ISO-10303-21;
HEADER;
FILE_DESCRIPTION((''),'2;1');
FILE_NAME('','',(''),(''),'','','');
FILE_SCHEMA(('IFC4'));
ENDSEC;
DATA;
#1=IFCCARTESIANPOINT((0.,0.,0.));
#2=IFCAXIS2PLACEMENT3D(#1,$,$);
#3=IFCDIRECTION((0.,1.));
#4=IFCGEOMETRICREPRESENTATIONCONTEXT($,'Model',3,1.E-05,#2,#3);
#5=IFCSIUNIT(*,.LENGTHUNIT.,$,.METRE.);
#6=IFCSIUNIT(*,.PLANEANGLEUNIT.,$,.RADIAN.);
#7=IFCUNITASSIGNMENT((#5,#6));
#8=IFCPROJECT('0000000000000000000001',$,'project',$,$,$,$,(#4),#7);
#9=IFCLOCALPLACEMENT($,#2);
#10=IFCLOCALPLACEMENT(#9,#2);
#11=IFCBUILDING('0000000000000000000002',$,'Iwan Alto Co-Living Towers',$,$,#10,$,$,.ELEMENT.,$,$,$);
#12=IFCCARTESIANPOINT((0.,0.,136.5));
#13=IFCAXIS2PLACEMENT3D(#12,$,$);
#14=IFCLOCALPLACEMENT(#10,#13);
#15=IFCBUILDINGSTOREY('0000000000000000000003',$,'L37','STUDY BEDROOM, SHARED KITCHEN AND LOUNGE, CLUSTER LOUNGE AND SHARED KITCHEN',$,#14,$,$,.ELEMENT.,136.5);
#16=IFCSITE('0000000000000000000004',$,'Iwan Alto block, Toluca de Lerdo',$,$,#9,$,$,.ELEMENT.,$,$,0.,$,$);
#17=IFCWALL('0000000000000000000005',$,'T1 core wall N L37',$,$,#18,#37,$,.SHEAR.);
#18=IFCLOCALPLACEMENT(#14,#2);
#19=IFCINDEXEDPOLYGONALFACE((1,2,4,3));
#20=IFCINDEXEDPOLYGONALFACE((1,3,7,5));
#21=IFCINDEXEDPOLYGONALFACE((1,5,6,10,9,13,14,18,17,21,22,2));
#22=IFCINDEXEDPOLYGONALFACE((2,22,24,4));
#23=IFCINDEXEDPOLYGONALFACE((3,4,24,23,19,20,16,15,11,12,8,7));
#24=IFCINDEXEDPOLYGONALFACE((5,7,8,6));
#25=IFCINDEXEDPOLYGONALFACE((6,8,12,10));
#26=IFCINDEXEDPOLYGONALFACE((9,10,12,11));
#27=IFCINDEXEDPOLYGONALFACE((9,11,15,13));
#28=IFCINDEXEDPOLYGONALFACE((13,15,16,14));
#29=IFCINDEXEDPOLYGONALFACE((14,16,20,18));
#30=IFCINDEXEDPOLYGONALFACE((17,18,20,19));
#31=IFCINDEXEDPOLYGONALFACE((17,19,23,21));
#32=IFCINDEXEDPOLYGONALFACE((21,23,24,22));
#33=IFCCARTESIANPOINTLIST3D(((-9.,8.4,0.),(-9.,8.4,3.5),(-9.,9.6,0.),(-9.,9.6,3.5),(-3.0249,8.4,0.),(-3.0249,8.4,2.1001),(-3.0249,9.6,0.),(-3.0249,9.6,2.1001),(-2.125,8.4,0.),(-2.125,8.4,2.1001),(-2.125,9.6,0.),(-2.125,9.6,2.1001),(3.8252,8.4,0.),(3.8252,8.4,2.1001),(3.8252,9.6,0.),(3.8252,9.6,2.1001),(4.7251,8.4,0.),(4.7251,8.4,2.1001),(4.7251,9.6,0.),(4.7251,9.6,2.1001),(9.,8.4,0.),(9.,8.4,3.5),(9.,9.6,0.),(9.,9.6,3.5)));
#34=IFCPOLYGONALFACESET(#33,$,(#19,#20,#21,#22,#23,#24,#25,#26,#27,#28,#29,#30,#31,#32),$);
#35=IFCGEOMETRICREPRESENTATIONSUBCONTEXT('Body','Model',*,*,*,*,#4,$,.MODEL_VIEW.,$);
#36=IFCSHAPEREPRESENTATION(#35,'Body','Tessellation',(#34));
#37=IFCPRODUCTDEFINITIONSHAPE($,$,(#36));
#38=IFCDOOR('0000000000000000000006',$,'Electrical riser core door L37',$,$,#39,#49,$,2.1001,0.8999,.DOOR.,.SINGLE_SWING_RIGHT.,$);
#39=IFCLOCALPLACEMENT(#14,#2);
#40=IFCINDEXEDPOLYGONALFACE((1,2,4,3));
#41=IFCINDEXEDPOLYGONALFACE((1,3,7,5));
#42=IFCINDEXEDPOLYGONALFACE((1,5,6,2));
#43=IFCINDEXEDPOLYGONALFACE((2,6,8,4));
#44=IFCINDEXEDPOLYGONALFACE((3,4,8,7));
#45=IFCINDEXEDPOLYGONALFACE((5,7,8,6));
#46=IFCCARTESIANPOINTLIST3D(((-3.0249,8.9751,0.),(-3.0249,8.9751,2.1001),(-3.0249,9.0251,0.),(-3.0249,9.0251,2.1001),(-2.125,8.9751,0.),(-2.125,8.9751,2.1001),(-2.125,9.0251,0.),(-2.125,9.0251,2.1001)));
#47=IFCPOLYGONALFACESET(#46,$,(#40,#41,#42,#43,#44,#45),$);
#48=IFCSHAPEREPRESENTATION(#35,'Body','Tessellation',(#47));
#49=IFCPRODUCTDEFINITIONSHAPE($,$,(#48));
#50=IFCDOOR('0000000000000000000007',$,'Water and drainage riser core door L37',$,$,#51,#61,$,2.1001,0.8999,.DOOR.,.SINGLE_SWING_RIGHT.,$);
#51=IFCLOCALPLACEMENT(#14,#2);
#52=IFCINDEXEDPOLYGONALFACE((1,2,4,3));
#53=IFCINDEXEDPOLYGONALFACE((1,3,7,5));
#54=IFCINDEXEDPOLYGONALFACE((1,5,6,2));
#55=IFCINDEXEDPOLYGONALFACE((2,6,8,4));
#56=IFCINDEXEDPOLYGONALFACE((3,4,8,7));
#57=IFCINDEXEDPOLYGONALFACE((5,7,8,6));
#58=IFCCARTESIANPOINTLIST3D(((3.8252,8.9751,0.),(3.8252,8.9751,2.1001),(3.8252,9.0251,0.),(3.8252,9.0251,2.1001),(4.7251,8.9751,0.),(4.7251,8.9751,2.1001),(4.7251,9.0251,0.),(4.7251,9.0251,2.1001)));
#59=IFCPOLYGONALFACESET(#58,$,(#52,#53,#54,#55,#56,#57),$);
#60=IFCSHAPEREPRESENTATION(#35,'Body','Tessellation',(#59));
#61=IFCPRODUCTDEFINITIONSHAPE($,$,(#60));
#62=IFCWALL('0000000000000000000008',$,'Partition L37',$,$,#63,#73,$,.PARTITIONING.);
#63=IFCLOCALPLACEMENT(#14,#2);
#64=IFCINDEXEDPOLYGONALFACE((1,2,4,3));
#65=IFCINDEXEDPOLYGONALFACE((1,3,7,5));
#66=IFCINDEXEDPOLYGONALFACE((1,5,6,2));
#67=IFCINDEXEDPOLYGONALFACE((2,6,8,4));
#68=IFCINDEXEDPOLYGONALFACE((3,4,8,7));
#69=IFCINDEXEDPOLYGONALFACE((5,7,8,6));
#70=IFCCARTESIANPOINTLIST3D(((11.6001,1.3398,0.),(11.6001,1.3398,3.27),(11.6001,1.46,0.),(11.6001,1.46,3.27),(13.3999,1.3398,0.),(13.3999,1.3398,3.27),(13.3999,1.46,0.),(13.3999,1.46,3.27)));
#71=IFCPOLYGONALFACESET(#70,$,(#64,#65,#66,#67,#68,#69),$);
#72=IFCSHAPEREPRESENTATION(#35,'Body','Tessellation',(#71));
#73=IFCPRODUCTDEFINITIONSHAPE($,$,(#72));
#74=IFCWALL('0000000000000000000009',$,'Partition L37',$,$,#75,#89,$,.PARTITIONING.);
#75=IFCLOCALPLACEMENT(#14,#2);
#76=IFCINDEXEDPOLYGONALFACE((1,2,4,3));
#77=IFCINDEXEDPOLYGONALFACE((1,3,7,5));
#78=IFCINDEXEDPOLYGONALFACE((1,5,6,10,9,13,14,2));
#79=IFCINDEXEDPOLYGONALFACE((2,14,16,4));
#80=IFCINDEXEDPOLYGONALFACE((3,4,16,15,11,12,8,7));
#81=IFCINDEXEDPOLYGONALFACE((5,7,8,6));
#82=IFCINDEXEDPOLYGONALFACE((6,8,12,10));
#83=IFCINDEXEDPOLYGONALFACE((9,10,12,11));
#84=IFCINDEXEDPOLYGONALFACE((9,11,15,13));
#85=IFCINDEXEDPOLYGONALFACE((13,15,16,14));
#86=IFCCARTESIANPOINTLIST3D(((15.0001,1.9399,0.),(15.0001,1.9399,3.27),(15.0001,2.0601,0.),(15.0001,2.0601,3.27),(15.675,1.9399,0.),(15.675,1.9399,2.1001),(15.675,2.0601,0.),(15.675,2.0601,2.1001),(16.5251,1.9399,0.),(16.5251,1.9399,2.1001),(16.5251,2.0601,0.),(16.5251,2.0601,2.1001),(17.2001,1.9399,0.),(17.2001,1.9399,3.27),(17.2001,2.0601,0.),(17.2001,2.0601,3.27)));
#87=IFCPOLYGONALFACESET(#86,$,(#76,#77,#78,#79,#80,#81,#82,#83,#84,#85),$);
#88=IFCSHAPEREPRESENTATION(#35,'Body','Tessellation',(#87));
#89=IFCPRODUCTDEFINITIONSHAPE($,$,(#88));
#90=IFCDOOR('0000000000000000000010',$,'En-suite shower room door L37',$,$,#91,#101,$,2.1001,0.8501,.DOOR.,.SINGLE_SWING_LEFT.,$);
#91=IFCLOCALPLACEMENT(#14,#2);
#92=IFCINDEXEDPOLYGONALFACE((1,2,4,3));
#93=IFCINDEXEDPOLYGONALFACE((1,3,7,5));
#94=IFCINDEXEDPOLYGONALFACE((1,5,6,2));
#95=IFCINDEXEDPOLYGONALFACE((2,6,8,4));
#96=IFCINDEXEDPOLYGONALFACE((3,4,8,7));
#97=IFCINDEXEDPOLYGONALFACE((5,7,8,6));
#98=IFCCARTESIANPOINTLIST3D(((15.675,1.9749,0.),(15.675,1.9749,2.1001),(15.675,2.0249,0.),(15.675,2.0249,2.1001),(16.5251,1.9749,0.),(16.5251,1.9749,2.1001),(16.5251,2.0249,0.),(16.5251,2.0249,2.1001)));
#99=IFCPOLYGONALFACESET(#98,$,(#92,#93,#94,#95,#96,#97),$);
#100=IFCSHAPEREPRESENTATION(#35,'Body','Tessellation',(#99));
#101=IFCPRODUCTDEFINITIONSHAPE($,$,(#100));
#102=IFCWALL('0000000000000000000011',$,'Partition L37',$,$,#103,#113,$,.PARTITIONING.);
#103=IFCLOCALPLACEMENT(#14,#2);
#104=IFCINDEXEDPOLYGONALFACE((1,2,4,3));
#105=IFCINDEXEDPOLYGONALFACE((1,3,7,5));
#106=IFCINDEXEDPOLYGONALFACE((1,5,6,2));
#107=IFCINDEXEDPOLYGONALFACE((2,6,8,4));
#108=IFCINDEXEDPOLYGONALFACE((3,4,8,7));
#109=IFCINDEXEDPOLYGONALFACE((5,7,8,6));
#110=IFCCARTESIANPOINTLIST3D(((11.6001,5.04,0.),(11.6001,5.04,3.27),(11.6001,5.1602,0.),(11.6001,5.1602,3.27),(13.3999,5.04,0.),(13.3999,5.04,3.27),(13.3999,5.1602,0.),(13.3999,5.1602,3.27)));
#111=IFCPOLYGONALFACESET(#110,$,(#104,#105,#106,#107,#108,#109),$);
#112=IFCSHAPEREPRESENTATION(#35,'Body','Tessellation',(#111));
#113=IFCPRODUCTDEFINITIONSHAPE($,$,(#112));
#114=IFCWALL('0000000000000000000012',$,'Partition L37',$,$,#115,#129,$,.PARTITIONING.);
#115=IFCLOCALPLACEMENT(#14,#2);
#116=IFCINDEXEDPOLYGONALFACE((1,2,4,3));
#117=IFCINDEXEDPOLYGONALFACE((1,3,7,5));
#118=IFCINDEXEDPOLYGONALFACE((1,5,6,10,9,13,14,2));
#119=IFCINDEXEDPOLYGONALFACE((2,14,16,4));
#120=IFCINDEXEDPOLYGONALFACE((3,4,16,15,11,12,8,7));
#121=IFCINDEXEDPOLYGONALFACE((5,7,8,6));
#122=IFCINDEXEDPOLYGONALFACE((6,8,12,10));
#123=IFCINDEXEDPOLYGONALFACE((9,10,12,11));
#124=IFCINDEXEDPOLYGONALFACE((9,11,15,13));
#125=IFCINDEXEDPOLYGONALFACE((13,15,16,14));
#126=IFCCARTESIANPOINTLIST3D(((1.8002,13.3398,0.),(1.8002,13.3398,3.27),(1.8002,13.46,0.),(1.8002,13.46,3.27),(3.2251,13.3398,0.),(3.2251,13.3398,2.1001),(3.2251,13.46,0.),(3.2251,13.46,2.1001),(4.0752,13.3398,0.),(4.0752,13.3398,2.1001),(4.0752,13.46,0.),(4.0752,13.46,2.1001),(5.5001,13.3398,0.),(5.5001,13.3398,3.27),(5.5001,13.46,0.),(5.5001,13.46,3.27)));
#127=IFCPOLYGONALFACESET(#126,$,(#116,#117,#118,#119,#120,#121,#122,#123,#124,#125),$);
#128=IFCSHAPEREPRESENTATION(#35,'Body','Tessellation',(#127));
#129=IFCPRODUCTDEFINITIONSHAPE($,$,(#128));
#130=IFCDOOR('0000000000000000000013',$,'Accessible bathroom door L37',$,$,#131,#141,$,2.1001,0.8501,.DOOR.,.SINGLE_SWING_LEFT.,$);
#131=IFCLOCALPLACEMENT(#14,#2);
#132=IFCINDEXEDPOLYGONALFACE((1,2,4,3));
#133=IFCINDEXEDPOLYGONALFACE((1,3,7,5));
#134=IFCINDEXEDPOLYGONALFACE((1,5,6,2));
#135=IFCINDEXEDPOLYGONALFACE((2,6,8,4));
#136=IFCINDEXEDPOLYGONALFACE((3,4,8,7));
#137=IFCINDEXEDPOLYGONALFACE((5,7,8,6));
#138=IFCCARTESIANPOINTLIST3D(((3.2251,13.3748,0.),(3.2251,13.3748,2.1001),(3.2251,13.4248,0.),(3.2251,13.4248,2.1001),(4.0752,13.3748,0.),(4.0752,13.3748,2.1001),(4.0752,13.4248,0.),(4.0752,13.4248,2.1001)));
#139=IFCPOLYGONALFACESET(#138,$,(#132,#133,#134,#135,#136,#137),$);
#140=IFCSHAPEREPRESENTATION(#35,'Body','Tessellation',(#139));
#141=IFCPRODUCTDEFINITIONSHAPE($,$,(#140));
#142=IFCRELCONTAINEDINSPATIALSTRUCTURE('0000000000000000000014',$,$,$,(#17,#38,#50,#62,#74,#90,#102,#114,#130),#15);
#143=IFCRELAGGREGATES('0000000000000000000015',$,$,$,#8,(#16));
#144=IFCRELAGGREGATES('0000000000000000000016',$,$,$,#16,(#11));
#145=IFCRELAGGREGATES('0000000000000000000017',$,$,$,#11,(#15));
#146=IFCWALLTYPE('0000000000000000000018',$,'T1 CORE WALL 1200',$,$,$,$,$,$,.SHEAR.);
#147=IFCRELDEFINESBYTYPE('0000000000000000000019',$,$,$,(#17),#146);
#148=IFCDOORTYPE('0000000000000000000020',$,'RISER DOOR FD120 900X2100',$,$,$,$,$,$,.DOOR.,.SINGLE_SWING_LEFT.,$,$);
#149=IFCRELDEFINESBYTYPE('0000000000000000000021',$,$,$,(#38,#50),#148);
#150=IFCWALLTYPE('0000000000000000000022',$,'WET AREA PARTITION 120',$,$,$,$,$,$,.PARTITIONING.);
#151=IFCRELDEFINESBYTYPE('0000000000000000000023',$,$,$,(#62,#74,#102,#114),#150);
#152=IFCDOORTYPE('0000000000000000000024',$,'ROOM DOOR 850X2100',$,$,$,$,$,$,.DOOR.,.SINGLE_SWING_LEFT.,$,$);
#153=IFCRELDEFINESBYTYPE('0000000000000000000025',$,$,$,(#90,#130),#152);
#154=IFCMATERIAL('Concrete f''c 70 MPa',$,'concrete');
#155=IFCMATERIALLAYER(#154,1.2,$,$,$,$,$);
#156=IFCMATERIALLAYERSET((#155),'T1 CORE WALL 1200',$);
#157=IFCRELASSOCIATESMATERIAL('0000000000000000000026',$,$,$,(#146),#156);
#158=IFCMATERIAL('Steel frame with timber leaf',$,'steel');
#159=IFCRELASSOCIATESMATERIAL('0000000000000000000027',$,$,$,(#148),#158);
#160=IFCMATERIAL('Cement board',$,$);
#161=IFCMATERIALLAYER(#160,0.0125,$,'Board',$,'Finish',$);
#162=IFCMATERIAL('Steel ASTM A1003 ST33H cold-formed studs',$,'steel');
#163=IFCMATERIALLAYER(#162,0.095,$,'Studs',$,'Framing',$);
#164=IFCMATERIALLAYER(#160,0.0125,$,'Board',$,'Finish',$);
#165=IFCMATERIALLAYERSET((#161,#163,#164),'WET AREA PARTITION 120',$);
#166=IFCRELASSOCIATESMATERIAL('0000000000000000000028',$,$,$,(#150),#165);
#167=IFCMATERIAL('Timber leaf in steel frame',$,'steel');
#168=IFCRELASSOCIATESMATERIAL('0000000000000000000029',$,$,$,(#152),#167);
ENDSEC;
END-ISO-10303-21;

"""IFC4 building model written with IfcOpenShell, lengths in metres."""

from ifc_helpers import new_model, si_unit, direction, frame, frame_2d, origin, place, context, subcontext, project, spatial, rectangle, extrude, material, layer, layer_set, type_object, element, fill, save


model = new_model("IFC4")

# Units and contexts
model_context = context("Model", 3, precision=1e-05, world=origin(), true_north=direction((0.0, 1.0)))
body_context = subcontext(model_context, "Body", "Model", "MODEL_VIEW")
ifc_project = project(units=[si_unit("LENGTHUNIT", "METRE"), si_unit("PLANEANGLEUNIT", "RADIAN")], contexts=[model_context])

# Site, building, storey
site_placement = place(None, origin())
site = spatial("IfcSite", under=ifc_project, at=site_placement, Name="Iwan Alto block, Toluca de Lerdo", CompositionType="ELEMENT", RefElevation=0.0)
building_placement = place(site_placement, origin())
building = spatial("IfcBuilding", under=site, at=building_placement, Name="Iwan Alto Co-Living Towers", CompositionType="ELEMENT")
storey_placement = place(building_placement, frame((0.0, 0.0, 136.5)))
storey = spatial("IfcBuildingStorey", under=building, at=storey_placement, Name="L37", Description="STUDY BEDROOM, SHARED KITCHEN AND LOUNGE, CLUSTER LOUNGE AND SHARED KITCHEN", CompositionType="ELEMENT", Elevation=136.5)

# Shared definitions
ifc_material_1 = material(Name="Steel ASTM A1003 ST33H cold-formed studs", Category="steel")

# Wall, openings, doors
ifc_material_2 = material(Name="Concrete f'c 70 MPa", Category="concrete")
ifc_layer_1 = layer(ifc_material_2, 1.2)
ifc_layer_set_1 = layer_set([ifc_layer_1], Name="T1 CORE WALL 1200")
wall_type_1 = type_object("IfcWallType", Name="T1 CORE WALL 1200", PredefinedType="SHEAR", material=ifc_layer_set_1)
wall_1_placement = place(storey_placement, frame((9.0, 9.0, 0.0), z_axis=(0.0, 0.0, 1.0), x_axis=(-1.0, 0.0, 0.0)))
wall_1 = element("IfcWall", 1, at=wall_1_placement, inside=storey, type_object=wall_type_1, Name="T1 core wall N L37", PredefinedType="SHEAR", context=body_context, shape_type="SweptSolid", body=[
    extrude(rectangle(XDim=18.0, YDim=1.2, at=frame_2d((9.0, 0.0))), origin(), (0.0, 0.0, 1.0), 3.5),
])
opening_1_placement = place(wall_1_placement, frame((11.125, 0.0, 0.0)))
opening_1 = element("IfcOpeningElement", 2, at=opening_1_placement, cuts=wall_1, PredefinedType="OPENING", context=body_context, shape_type="SweptSolid", body=[
    extrude(rectangle(XDim=0.8999, YDim=2.1001, at=frame_2d((0.45, 1.05))), frame((0.0, 0.6099, 0.0), z_axis=(0.0, -1.0, 0.0), x_axis=(1.0, 0.0, 0.0)), (0.0, 0.0, 1.0), 1.22),
])
opening_2_placement = place(wall_1_placement, frame((4.2749, 0.0, 0.0)))
opening_2 = element("IfcOpeningElement", 3, at=opening_2_placement, cuts=wall_1, PredefinedType="OPENING", context=body_context, shape_type="SweptSolid", body=[
    extrude(rectangle(XDim=0.8999, YDim=2.1001, at=frame_2d((0.45, 1.05))), frame((0.0, 0.6099, 0.0), z_axis=(0.0, -1.0, 0.0), x_axis=(1.0, 0.0, 0.0)), (0.0, 0.0, 1.0), 1.22),
])
ifc_material_3 = material(Name="Steel frame with timber leaf", Category="steel")
door_type_1 = type_object("IfcDoorType", Name="RISER DOOR FD120 900X2100", OperationType="SINGLE_SWING_LEFT", PredefinedType="DOOR", material=ifc_material_3)
door_1_placement = place(opening_1_placement, origin())
door_1 = element("IfcDoor", 4, at=door_1_placement, inside=storey, type_object=door_type_1, Name="Electrical riser core door L37", OperationType="SINGLE_SWING_RIGHT", OverallHeight=2.1001, OverallWidth=0.8999, PredefinedType="DOOR", context=body_context, shape_type="SweptSolid", body=[
    extrude(rectangle(XDim=0.8999, YDim=2.1001, at=frame_2d((0.45, 1.05))), frame((0.0, 0.0249, 0.0), z_axis=(0.0, -1.0, 0.0), x_axis=(1.0, 0.0, 0.0)), (0.0, 0.0, 1.0), 0.05),
])
fill(opening_1, door_1)
door_2_placement = place(opening_2_placement, origin())
door_2 = element("IfcDoor", 5, at=door_2_placement, inside=storey, type_object=door_type_1, Name="Water and drainage riser core door L37", OperationType="SINGLE_SWING_RIGHT", OverallHeight=2.1001, OverallWidth=0.8999, PredefinedType="DOOR", context=body_context, shape_type="SweptSolid", body=[
    extrude(rectangle(XDim=0.8999, YDim=2.1001, at=frame_2d((0.45, 1.05))), frame((0.0, 0.0249, 0.0), z_axis=(0.0, -1.0, 0.0), x_axis=(1.0, 0.0, 0.0)), (0.0, 0.0, 1.0), 0.05),
])
fill(opening_2, door_2)

# Wall
ifc_material_4 = material(Name="Cement board")
ifc_layer_2 = layer(ifc_material_4, 0.0125, Name="Board", Category="Finish")
ifc_layer_3 = layer(ifc_material_1, 0.095, Name="Studs", Category="Framing")
ifc_layer_4 = layer(ifc_material_4, 0.0125, Name="Board", Category="Finish")
ifc_layer_set_2 = layer_set([ifc_layer_2, ifc_layer_3, ifc_layer_4], Name="WET AREA PARTITION 120")
wall_type_2 = type_object("IfcWallType", Name="WET AREA PARTITION 120", PredefinedType="PARTITIONING", material=ifc_layer_set_2)
wall_2_placement = place(storey_placement, frame((11.6001, 1.3999, 0.0), z_axis=(0.0, 0.0, 1.0), x_axis=(1.0, 0.0, 0.0)))
element("IfcWall", 6, at=wall_2_placement, inside=storey, type_object=wall_type_2, Name="Partition L37", PredefinedType="PARTITIONING", context=body_context, shape_type="SweptSolid", body=[
    extrude(rectangle(XDim=1.7998, YDim=0.1201, at=frame_2d((0.8999, 0.0))), origin(), (0.0, 0.0, 1.0), 3.27),
])

# Wall, opening, door
wall_3_placement = place(storey_placement, frame((15.0, 2.0, 0.0), z_axis=(0.0, 0.0, 1.0), x_axis=(1.0, 0.0, 0.0)))
wall_3 = element("IfcWall", 7, at=wall_3_placement, inside=storey, type_object=wall_type_2, Name="Partition L37", PredefinedType="PARTITIONING", context=body_context, shape_type="SweptSolid", body=[
    extrude(rectangle(XDim=2.2, YDim=0.1201, at=frame_2d((1.1001, 0.0))), origin(), (0.0, 0.0, 1.0), 3.27),
])
opening_3_placement = place(wall_3_placement, frame((0.675, 0.0, 0.0)))
opening_3 = element("IfcOpeningElement", 8, at=opening_3_placement, cuts=wall_3, PredefinedType="OPENING", context=body_context, shape_type="SweptSolid", body=[
    extrude(rectangle(XDim=0.8501, YDim=2.1001, at=frame_2d((0.425, 1.05))), frame((0.0, 0.0701, 0.0), z_axis=(0.0, -1.0, 0.0), x_axis=(1.0, 0.0, 0.0)), (0.0, 0.0, 1.0), 0.1401),
])
ifc_material_5 = material(Name="Timber leaf in steel frame", Category="steel")
door_type_2 = type_object("IfcDoorType", Name="ROOM DOOR 850X2100", OperationType="SINGLE_SWING_LEFT", PredefinedType="DOOR", material=ifc_material_5)
door_3_placement = place(opening_3_placement, origin())
door_3 = element("IfcDoor", 9, at=door_3_placement, inside=storey, type_object=door_type_2, Name="En-suite shower room door L37", OperationType="SINGLE_SWING_LEFT", OverallHeight=2.1001, OverallWidth=0.8501, PredefinedType="DOOR", context=body_context, shape_type="SweptSolid", body=[
    extrude(rectangle(XDim=0.8501, YDim=2.1001, at=frame_2d((0.425, 1.05))), frame((0.0, 0.0249, 0.0), z_axis=(0.0, -1.0, 0.0), x_axis=(1.0, 0.0, 0.0)), (0.0, 0.0, 1.0), 0.05),
])
fill(opening_3, door_3)

# Wall
wall_4_placement = place(storey_placement, frame((11.6001, 5.1001, 0.0), z_axis=(0.0, 0.0, 1.0), x_axis=(1.0, 0.0, 0.0)))
element("IfcWall", 10, at=wall_4_placement, inside=storey, type_object=wall_type_2, Name="Partition L37", PredefinedType="PARTITIONING", context=body_context, shape_type="SweptSolid", body=[
    extrude(rectangle(XDim=1.7998, YDim=0.1201, at=frame_2d((0.8999, 0.0))), origin(), (0.0, 0.0, 1.0), 3.27),
])

# Wall, opening, door
wall_5_placement = place(storey_placement, frame((1.8, 13.3999, 0.0), z_axis=(0.0, 0.0, 1.0), x_axis=(1.0, 0.0, 0.0)))
wall_5 = element("IfcWall", 11, at=wall_5_placement, inside=storey, type_object=wall_type_2, Name="Partition L37", PredefinedType="PARTITIONING", context=body_context, shape_type="SweptSolid", body=[
    extrude(rectangle(XDim=3.7, YDim=0.1201, at=frame_2d((1.8501, 0.0))), origin(), (0.0, 0.0, 1.0), 3.27),
])
opening_4_placement = place(wall_5_placement, frame((1.425, 0.0, 0.0)))
opening_4 = element("IfcOpeningElement", 12, at=opening_4_placement, cuts=wall_5, PredefinedType="OPENING", context=body_context, shape_type="SweptSolid", body=[
    extrude(rectangle(XDim=0.8501, YDim=2.1001, at=frame_2d((0.425, 1.05))), frame((0.0, 0.0701, 0.0), z_axis=(0.0, -1.0, 0.0), x_axis=(1.0, 0.0, 0.0)), (0.0, 0.0, 1.0), 0.1401),
])
door_4_placement = place(opening_4_placement, origin())
door_4 = element("IfcDoor", 13, at=door_4_placement, inside=storey, type_object=door_type_2, Name="Accessible bathroom door L37", OperationType="SINGLE_SWING_LEFT", OverallHeight=2.1001, OverallWidth=0.8501, PredefinedType="DOOR", context=body_context, shape_type="SweptSolid", body=[
    extrude(rectangle(XDim=0.8501, YDim=2.1001, at=frame_2d((0.425, 1.05))), frame((0.0, 0.0249, 0.0), z_axis=(0.0, -1.0, 0.0), x_axis=(1.0, 0.0, 0.0)), (0.0, 0.0, 1.0), 0.05),
])
fill(opening_4, door_4)

save(model, "model.ifc")
